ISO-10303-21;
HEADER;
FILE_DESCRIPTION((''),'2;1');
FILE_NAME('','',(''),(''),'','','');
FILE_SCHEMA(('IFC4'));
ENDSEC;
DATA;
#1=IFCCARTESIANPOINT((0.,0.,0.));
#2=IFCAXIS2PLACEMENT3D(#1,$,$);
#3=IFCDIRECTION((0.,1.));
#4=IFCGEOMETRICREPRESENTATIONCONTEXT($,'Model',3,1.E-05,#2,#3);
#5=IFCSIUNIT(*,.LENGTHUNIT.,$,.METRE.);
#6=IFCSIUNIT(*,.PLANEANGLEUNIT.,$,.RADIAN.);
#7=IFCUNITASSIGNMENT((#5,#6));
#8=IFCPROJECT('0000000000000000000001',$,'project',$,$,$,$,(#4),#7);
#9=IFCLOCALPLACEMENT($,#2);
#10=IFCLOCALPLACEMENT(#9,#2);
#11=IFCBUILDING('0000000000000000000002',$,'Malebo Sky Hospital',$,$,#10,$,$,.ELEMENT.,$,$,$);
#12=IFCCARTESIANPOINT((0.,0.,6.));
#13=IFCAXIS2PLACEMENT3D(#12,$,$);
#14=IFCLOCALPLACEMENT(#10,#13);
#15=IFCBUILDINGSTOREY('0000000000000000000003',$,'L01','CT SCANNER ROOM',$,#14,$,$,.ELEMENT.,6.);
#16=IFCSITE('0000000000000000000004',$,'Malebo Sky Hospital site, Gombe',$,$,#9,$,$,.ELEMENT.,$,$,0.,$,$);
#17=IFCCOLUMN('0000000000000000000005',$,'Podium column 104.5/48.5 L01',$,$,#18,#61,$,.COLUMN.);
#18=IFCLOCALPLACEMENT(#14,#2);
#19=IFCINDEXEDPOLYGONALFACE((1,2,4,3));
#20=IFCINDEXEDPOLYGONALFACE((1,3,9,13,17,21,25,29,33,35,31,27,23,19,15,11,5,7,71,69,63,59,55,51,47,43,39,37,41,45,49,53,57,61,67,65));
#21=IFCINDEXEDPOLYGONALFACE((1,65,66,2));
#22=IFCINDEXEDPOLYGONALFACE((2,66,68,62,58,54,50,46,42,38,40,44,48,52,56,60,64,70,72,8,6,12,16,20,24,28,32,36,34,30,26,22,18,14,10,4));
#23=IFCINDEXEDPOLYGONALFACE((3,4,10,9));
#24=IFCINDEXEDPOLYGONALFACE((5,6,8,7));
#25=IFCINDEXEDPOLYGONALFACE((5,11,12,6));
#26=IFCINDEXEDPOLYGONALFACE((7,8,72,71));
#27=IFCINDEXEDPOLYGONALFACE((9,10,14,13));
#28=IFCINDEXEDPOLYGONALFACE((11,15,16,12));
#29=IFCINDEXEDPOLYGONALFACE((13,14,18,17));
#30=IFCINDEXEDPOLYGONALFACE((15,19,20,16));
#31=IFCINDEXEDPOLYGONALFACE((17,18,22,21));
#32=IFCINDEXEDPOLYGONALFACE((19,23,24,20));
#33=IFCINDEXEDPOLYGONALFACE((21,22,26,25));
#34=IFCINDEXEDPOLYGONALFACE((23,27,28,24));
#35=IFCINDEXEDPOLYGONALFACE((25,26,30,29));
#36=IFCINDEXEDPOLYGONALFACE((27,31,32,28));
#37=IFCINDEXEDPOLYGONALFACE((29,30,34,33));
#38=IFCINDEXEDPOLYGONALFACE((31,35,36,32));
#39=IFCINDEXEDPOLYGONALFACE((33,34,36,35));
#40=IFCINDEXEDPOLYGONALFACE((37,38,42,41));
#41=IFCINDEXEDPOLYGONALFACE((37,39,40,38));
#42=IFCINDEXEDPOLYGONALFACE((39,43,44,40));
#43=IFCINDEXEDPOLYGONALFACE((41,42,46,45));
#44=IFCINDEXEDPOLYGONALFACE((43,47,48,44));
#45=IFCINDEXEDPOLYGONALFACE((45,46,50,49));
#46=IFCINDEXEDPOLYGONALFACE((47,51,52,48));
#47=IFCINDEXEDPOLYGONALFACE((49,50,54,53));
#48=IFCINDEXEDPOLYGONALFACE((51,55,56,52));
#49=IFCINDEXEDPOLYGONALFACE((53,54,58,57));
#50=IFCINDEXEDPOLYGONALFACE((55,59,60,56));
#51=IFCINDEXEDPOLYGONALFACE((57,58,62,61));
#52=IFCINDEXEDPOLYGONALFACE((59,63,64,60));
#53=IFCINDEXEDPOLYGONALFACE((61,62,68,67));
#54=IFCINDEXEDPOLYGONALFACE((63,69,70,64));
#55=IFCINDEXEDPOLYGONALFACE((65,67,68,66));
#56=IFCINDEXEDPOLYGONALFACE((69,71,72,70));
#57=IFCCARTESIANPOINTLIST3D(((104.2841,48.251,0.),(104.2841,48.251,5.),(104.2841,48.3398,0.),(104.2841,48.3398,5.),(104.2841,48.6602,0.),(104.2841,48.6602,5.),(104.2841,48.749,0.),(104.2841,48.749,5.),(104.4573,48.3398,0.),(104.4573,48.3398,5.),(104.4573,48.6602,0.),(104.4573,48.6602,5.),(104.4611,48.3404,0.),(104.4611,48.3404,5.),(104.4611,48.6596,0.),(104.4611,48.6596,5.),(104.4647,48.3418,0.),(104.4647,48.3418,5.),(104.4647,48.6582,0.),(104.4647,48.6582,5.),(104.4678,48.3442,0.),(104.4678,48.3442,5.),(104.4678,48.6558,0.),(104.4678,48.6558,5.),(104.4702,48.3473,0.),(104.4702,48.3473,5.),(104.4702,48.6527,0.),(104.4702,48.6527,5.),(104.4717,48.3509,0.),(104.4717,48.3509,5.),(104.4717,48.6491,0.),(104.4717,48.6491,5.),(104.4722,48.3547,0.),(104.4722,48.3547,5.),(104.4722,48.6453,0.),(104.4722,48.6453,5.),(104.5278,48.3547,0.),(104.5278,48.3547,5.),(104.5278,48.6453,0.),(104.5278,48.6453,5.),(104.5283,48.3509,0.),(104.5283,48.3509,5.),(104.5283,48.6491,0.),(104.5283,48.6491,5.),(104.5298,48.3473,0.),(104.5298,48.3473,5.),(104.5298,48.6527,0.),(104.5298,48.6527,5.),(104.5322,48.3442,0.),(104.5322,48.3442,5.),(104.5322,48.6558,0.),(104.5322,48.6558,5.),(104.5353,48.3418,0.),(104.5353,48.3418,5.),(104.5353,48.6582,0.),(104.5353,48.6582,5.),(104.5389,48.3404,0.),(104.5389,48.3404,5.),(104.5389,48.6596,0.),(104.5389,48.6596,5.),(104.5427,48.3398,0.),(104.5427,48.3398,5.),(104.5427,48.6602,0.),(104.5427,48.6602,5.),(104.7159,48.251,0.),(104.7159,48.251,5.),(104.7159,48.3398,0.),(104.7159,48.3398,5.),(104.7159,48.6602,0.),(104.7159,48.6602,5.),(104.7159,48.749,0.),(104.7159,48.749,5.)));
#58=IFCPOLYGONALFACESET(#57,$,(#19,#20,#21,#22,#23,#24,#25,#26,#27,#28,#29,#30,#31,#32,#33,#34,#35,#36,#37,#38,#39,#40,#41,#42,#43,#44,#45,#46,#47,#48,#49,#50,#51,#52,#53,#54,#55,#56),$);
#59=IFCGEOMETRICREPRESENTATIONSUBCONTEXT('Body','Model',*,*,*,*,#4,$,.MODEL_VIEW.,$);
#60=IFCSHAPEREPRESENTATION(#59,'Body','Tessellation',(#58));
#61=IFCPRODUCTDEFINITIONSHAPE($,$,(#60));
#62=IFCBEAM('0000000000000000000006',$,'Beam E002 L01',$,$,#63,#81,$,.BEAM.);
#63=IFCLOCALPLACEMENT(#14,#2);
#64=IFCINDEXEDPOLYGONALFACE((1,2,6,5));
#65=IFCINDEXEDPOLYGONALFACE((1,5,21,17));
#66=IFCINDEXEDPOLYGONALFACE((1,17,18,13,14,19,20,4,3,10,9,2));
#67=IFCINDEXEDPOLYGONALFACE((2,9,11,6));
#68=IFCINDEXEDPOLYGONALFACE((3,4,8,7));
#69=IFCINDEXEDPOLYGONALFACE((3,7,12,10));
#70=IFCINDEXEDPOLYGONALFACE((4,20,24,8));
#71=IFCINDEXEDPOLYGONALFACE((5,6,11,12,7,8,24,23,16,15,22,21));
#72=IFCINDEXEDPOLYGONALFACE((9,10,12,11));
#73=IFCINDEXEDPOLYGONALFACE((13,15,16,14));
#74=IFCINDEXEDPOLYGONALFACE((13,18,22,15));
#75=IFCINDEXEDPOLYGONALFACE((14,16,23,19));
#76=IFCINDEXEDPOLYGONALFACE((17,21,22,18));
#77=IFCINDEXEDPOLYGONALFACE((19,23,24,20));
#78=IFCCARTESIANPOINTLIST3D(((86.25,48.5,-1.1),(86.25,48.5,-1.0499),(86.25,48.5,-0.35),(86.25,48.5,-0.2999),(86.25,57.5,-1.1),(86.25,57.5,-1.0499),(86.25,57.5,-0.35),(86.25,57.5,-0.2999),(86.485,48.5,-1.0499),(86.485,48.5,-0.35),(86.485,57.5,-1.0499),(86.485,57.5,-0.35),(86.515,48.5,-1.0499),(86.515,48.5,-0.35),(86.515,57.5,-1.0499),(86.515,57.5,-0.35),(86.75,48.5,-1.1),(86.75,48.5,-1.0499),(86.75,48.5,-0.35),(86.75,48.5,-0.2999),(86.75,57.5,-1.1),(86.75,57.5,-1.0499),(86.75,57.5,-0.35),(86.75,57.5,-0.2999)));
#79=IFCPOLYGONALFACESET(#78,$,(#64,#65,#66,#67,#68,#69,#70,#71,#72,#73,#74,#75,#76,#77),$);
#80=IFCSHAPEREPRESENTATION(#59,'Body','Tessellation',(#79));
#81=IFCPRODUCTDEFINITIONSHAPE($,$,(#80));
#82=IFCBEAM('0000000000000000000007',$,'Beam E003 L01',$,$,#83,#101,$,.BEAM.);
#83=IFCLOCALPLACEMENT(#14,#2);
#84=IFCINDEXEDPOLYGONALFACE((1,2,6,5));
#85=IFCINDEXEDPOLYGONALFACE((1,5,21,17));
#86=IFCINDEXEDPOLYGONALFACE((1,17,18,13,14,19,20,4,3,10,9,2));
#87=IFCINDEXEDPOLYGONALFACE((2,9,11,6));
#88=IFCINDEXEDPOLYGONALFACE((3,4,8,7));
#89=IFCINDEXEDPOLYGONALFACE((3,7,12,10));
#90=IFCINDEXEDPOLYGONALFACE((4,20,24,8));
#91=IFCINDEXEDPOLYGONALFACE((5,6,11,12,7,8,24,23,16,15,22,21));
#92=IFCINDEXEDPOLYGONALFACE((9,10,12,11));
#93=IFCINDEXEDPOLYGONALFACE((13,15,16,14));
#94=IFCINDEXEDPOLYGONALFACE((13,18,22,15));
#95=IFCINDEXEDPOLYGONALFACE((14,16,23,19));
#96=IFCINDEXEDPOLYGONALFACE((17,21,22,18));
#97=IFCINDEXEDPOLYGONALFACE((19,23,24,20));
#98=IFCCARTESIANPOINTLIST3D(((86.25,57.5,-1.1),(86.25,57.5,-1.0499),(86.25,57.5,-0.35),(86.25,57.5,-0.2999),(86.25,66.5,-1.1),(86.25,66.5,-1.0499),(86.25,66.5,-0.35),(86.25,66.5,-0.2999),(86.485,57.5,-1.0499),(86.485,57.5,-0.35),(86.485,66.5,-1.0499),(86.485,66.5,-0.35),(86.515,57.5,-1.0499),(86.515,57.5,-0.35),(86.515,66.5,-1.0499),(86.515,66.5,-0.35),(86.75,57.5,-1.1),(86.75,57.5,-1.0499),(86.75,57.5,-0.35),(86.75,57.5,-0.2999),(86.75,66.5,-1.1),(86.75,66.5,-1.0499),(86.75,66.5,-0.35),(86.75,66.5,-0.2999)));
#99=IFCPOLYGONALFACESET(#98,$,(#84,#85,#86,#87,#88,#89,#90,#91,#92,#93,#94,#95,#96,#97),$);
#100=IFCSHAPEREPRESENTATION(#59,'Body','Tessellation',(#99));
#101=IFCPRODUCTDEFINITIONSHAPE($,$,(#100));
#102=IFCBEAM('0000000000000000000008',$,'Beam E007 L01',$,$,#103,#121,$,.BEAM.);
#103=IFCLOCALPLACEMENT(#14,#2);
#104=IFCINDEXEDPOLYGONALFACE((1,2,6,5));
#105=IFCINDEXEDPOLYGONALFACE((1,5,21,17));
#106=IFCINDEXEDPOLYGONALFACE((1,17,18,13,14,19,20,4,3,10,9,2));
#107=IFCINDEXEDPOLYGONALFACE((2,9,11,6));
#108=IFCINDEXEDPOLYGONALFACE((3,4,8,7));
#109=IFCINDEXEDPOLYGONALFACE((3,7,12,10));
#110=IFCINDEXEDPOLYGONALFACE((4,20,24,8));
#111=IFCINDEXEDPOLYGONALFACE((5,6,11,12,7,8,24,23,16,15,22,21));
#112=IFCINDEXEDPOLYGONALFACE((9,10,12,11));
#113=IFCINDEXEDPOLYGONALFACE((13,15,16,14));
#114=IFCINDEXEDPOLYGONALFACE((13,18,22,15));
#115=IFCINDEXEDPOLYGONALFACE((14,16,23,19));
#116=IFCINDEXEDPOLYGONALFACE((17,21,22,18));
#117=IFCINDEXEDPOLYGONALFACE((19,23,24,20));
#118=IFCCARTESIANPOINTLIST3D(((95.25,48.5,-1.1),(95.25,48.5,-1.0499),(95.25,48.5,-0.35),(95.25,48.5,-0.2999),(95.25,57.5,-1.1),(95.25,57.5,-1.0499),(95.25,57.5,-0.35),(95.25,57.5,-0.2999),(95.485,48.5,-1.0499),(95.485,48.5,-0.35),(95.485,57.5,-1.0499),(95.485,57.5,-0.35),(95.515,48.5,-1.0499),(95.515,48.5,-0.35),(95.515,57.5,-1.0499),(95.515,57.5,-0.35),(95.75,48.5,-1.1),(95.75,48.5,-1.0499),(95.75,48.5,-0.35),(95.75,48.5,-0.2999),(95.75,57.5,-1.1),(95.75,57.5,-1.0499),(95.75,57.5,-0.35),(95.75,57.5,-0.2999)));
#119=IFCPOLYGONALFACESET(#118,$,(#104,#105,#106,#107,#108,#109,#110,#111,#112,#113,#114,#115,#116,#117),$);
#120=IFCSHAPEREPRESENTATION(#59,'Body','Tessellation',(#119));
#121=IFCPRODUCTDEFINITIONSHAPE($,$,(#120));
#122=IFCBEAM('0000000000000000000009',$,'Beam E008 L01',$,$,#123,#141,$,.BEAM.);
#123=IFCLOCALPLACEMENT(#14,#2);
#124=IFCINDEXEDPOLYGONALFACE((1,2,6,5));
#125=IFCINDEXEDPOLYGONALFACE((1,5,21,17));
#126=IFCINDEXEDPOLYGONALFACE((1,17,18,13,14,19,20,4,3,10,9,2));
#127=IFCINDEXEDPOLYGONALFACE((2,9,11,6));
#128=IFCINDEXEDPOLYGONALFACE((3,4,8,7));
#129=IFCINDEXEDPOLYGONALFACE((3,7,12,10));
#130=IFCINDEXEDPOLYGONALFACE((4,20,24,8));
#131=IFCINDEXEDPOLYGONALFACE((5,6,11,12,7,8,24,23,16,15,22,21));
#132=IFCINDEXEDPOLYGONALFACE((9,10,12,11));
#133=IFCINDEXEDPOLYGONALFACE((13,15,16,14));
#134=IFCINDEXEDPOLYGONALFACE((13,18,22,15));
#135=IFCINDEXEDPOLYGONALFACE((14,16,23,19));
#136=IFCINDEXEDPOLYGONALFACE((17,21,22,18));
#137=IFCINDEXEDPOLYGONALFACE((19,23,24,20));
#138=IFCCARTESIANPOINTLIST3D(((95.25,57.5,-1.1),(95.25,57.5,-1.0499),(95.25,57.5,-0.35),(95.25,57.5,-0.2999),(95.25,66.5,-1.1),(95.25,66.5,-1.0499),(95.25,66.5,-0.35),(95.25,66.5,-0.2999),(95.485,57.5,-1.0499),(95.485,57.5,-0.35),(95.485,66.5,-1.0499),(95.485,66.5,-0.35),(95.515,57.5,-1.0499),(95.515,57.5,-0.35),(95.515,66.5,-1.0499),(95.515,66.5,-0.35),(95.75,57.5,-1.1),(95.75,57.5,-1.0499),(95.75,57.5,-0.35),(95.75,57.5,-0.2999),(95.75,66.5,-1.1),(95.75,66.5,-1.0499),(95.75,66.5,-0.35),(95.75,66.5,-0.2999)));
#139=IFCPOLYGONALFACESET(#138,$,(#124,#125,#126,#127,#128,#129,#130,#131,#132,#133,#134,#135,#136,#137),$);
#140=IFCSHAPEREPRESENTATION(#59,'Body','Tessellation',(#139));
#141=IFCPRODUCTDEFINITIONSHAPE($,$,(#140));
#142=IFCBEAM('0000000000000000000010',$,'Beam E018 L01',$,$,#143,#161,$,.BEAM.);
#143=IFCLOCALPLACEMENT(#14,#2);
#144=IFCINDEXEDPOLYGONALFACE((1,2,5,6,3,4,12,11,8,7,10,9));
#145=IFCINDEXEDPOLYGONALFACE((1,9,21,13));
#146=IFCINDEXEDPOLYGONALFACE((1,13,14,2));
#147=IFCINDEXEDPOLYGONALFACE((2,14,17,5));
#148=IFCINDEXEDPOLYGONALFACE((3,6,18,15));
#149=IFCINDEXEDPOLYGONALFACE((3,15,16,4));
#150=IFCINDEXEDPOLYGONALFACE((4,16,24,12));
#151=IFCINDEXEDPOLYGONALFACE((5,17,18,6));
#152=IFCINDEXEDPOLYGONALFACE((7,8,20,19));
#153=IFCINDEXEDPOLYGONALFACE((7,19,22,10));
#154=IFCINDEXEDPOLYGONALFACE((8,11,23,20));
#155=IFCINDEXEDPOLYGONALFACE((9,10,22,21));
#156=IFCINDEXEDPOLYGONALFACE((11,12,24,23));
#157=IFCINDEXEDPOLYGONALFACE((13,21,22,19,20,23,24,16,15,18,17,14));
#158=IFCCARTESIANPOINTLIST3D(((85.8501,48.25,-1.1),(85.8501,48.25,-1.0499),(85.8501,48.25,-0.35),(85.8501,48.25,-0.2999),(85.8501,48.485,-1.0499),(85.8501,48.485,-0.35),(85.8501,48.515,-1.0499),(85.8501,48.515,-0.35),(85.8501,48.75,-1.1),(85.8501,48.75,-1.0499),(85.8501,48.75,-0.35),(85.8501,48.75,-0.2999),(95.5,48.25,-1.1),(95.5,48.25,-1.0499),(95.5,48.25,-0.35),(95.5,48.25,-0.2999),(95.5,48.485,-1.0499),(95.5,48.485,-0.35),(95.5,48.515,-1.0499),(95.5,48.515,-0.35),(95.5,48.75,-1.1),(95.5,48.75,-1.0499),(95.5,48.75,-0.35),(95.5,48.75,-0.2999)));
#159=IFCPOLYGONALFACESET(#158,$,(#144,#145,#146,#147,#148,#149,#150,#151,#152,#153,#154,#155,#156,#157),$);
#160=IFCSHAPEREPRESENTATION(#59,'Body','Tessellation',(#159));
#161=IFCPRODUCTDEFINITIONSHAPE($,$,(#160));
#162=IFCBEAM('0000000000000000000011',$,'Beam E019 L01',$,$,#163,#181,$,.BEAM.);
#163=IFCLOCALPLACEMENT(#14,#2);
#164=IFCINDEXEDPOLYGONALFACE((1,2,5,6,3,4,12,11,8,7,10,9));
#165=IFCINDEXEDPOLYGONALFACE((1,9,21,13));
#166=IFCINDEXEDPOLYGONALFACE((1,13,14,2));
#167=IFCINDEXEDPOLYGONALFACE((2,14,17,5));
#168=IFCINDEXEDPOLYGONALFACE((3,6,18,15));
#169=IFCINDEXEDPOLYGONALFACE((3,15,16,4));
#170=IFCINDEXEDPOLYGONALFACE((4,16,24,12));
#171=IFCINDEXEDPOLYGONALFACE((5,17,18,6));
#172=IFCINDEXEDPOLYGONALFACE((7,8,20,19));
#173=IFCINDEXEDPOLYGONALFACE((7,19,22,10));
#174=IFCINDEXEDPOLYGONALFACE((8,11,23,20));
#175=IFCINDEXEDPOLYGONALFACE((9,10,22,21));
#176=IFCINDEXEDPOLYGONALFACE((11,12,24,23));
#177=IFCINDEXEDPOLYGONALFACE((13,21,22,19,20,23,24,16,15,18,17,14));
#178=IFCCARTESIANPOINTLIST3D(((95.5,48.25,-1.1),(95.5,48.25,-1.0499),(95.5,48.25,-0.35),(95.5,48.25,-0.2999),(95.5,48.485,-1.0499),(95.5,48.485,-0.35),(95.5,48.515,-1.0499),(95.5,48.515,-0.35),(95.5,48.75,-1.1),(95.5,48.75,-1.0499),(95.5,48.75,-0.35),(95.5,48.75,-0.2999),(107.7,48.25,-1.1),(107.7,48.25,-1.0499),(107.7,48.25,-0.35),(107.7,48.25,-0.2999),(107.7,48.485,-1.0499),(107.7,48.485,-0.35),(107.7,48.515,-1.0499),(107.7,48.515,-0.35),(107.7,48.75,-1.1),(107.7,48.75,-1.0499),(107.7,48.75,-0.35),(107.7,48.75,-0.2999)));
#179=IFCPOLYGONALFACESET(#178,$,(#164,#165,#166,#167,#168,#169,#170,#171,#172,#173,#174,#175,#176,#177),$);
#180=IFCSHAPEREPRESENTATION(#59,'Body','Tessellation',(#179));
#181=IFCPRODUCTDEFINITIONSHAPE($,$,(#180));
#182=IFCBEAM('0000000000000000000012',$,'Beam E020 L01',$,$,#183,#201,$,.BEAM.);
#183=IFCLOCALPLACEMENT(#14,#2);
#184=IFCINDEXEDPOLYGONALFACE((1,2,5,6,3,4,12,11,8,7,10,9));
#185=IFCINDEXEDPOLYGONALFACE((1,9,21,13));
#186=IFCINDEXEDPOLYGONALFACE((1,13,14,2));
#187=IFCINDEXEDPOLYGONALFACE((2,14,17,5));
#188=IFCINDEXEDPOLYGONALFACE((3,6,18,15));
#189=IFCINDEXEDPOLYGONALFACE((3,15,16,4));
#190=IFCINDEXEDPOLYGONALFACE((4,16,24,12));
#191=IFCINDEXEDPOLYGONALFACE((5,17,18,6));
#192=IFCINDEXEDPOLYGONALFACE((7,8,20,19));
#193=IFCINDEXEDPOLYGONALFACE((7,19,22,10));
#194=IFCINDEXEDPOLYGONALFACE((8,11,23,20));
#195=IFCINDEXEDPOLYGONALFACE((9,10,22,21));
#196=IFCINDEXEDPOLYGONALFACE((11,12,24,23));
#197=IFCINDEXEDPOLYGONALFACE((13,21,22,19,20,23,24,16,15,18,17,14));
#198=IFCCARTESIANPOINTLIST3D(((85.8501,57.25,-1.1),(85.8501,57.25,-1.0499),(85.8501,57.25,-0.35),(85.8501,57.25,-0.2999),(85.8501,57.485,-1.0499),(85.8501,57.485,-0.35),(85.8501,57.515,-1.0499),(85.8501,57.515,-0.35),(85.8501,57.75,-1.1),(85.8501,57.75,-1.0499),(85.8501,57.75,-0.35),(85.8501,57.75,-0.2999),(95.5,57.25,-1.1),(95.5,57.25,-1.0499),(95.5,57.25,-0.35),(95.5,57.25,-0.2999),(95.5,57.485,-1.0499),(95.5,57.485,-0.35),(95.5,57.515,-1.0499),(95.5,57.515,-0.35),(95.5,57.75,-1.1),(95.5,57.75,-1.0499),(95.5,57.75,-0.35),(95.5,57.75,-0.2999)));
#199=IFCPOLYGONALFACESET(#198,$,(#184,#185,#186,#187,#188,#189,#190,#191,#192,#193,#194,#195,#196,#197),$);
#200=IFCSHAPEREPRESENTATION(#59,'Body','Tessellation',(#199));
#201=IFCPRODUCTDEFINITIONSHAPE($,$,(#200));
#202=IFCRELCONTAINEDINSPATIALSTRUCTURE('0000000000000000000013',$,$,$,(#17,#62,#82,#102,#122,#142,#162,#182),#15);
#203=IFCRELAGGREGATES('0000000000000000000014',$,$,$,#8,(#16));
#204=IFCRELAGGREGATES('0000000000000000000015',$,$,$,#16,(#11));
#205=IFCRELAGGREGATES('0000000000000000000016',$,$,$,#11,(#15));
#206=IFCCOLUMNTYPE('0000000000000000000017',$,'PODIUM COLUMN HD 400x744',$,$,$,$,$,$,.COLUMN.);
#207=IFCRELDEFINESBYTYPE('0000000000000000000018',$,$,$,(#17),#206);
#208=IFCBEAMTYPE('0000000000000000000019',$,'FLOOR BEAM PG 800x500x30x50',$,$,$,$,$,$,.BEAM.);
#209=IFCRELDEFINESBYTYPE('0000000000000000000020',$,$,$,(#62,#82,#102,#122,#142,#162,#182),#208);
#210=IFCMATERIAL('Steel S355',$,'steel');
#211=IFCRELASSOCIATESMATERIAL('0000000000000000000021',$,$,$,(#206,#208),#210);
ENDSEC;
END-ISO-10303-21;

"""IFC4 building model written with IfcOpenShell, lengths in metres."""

from ifc_helpers import new_model, si_unit, direction, frame, origin, origin_2d, place, context, subcontext, project, spatial, i_section, extrude, material, material_profile, profile_set, type_object, element, save


model = new_model("IFC4")

# Units and contexts
model_context = context("Model", 3, precision=1e-05, world=origin(), true_north=direction((0.0, 1.0)))
body_context = subcontext(model_context, "Body", "Model", "MODEL_VIEW")
ifc_project = project(units=[si_unit("LENGTHUNIT", "METRE"), si_unit("PLANEANGLEUNIT", "RADIAN")], contexts=[model_context])

# Site, building, storey
site_placement = place(None, origin())
site = spatial("IfcSite", under=ifc_project, at=site_placement, Name="Malebo Sky Hospital site, Gombe", CompositionType="ELEMENT", RefElevation=0.0)
building_placement = place(site_placement, origin())
building = spatial("IfcBuilding", under=site, at=building_placement, Name="Malebo Sky Hospital", CompositionType="ELEMENT")
storey_placement = place(building_placement, frame((0.0, 0.0, 6.0)))
storey = spatial("IfcBuildingStorey", under=building, at=storey_placement, Name="L01", Description="CT SCANNER ROOM", CompositionType="ELEMENT", Elevation=6.0)

# Column
ifc_material_1 = material(Name="Steel S355", Category="steel")
ifc_material_profile_1 = material_profile(ifc_material_1, i_section(OverallWidth=0.4319, OverallDepth=0.498, WebThickness=0.0557, FlangeThickness=0.0889, FilletRadius=0.0149, at=origin_2d()), Name="HD 400x744")
ifc_profile_set_1 = profile_set([ifc_material_profile_1], Name="Steel S355")
column_type = type_object("IfcColumnType", Name="PODIUM COLUMN HD 400x744", PredefinedType="COLUMN", material=ifc_profile_set_1)
for number, where, z_axis, x_axis, name in (
    (1, (104.5, 48.5, 0.0), (0.0, 0.0, 1.0), (1.0, 0.0, 0.0), "Podium column 104.5/48.5 L01"),
):
    element("IfcColumn", number, at=place(storey_placement, frame(where, z_axis=z_axis, x_axis=x_axis)), inside=storey, type_object=column_type, Name=name, PredefinedType="COLUMN", context=body_context, shape_type="SweptSolid", body=[
        extrude(i_section(OverallWidth=0.4319, OverallDepth=0.498, WebThickness=0.0557, FlangeThickness=0.0889, FilletRadius=0.0149, at=origin_2d()), origin(), (0.0, 0.0, 1.0), 5.0),
    ])

# Beams
ifc_material_profile_2 = material_profile(ifc_material_1, i_section(OverallWidth=0.5, OverallDepth=0.8, WebThickness=0.03, FlangeThickness=0.05, at=origin_2d()), Name="PG 800x500x30x50")
ifc_profile_set_2 = profile_set([ifc_material_profile_2], Name="Steel S355")
beam_type = type_object("IfcBeamType", Name="FLOOR BEAM PG 800x500x30x50", PredefinedType="BEAM", material=ifc_profile_set_2)
for number, where, z_axis, x_axis, name in (
    (2, (86.5, 48.5, -0.7), (0.0, 1.0, 0.0), (-1.0, 0.0, 0.0), "Beam E002 L01"),
    (3, (86.5, 57.5, -0.7), (0.0, 1.0, 0.0), (-1.0, 0.0, 0.0), "Beam E003 L01"),
    (4, (95.5, 48.5, -0.7), (0.0, 1.0, 0.0), (-1.0, 0.0, 0.0), "Beam E007 L01"),
    (5, (95.5, 57.5, -0.7), (0.0, 1.0, 0.0), (-1.0, 0.0, 0.0), "Beam E008 L01"),
):
    element("IfcBeam", number, at=place(storey_placement, frame(where, z_axis=z_axis, x_axis=x_axis)), inside=storey, type_object=beam_type, Name=name, PredefinedType="BEAM", context=body_context, shape_type="SweptSolid", body=[
        extrude(i_section(OverallWidth=0.5, OverallDepth=0.8, WebThickness=0.03, FlangeThickness=0.05, at=origin_2d()), origin(), (0.0, 0.0, 1.0), 9.0),
    ])
beam_1_placement = place(storey_placement, frame((85.8501, 48.5, -0.7), z_axis=(1.0, 0.0, 0.0), x_axis=(0.0, 1.0, 0.0)))
element("IfcBeam", 6, at=beam_1_placement, inside=storey, type_object=beam_type, Name="Beam E018 L01", PredefinedType="BEAM", context=body_context, shape_type="SweptSolid", body=[
    extrude(i_section(OverallWidth=0.5, OverallDepth=0.8, WebThickness=0.03, FlangeThickness=0.05, at=origin_2d()), origin(), (0.0, 0.0, 1.0), 9.6499),
])
beam_2_placement = place(storey_placement, frame((95.5, 48.5, -0.7), z_axis=(1.0, 0.0, 0.0), x_axis=(0.0, 1.0, 0.0)))
element("IfcBeam", 7, at=beam_2_placement, inside=storey, type_object=beam_type, Name="Beam E019 L01", PredefinedType="BEAM", context=body_context, shape_type="SweptSolid", body=[
    extrude(i_section(OverallWidth=0.5, OverallDepth=0.8, WebThickness=0.03, FlangeThickness=0.05, at=origin_2d()), origin(), (0.0, 0.0, 1.0), 12.2),
])
beam_3_placement = place(storey_placement, frame((85.8501, 57.5, -0.7), z_axis=(1.0, 0.0, 0.0), x_axis=(0.0, 1.0, 0.0)))
element("IfcBeam", 8, at=beam_3_placement, inside=storey, type_object=beam_type, Name="Beam E020 L01", PredefinedType="BEAM", context=body_context, shape_type="SweptSolid", body=[
    extrude(i_section(OverallWidth=0.5, OverallDepth=0.8, WebThickness=0.03, FlangeThickness=0.05, at=origin_2d()), origin(), (0.0, 0.0, 1.0), 9.6499),
])

save(model, "model.ifc")
